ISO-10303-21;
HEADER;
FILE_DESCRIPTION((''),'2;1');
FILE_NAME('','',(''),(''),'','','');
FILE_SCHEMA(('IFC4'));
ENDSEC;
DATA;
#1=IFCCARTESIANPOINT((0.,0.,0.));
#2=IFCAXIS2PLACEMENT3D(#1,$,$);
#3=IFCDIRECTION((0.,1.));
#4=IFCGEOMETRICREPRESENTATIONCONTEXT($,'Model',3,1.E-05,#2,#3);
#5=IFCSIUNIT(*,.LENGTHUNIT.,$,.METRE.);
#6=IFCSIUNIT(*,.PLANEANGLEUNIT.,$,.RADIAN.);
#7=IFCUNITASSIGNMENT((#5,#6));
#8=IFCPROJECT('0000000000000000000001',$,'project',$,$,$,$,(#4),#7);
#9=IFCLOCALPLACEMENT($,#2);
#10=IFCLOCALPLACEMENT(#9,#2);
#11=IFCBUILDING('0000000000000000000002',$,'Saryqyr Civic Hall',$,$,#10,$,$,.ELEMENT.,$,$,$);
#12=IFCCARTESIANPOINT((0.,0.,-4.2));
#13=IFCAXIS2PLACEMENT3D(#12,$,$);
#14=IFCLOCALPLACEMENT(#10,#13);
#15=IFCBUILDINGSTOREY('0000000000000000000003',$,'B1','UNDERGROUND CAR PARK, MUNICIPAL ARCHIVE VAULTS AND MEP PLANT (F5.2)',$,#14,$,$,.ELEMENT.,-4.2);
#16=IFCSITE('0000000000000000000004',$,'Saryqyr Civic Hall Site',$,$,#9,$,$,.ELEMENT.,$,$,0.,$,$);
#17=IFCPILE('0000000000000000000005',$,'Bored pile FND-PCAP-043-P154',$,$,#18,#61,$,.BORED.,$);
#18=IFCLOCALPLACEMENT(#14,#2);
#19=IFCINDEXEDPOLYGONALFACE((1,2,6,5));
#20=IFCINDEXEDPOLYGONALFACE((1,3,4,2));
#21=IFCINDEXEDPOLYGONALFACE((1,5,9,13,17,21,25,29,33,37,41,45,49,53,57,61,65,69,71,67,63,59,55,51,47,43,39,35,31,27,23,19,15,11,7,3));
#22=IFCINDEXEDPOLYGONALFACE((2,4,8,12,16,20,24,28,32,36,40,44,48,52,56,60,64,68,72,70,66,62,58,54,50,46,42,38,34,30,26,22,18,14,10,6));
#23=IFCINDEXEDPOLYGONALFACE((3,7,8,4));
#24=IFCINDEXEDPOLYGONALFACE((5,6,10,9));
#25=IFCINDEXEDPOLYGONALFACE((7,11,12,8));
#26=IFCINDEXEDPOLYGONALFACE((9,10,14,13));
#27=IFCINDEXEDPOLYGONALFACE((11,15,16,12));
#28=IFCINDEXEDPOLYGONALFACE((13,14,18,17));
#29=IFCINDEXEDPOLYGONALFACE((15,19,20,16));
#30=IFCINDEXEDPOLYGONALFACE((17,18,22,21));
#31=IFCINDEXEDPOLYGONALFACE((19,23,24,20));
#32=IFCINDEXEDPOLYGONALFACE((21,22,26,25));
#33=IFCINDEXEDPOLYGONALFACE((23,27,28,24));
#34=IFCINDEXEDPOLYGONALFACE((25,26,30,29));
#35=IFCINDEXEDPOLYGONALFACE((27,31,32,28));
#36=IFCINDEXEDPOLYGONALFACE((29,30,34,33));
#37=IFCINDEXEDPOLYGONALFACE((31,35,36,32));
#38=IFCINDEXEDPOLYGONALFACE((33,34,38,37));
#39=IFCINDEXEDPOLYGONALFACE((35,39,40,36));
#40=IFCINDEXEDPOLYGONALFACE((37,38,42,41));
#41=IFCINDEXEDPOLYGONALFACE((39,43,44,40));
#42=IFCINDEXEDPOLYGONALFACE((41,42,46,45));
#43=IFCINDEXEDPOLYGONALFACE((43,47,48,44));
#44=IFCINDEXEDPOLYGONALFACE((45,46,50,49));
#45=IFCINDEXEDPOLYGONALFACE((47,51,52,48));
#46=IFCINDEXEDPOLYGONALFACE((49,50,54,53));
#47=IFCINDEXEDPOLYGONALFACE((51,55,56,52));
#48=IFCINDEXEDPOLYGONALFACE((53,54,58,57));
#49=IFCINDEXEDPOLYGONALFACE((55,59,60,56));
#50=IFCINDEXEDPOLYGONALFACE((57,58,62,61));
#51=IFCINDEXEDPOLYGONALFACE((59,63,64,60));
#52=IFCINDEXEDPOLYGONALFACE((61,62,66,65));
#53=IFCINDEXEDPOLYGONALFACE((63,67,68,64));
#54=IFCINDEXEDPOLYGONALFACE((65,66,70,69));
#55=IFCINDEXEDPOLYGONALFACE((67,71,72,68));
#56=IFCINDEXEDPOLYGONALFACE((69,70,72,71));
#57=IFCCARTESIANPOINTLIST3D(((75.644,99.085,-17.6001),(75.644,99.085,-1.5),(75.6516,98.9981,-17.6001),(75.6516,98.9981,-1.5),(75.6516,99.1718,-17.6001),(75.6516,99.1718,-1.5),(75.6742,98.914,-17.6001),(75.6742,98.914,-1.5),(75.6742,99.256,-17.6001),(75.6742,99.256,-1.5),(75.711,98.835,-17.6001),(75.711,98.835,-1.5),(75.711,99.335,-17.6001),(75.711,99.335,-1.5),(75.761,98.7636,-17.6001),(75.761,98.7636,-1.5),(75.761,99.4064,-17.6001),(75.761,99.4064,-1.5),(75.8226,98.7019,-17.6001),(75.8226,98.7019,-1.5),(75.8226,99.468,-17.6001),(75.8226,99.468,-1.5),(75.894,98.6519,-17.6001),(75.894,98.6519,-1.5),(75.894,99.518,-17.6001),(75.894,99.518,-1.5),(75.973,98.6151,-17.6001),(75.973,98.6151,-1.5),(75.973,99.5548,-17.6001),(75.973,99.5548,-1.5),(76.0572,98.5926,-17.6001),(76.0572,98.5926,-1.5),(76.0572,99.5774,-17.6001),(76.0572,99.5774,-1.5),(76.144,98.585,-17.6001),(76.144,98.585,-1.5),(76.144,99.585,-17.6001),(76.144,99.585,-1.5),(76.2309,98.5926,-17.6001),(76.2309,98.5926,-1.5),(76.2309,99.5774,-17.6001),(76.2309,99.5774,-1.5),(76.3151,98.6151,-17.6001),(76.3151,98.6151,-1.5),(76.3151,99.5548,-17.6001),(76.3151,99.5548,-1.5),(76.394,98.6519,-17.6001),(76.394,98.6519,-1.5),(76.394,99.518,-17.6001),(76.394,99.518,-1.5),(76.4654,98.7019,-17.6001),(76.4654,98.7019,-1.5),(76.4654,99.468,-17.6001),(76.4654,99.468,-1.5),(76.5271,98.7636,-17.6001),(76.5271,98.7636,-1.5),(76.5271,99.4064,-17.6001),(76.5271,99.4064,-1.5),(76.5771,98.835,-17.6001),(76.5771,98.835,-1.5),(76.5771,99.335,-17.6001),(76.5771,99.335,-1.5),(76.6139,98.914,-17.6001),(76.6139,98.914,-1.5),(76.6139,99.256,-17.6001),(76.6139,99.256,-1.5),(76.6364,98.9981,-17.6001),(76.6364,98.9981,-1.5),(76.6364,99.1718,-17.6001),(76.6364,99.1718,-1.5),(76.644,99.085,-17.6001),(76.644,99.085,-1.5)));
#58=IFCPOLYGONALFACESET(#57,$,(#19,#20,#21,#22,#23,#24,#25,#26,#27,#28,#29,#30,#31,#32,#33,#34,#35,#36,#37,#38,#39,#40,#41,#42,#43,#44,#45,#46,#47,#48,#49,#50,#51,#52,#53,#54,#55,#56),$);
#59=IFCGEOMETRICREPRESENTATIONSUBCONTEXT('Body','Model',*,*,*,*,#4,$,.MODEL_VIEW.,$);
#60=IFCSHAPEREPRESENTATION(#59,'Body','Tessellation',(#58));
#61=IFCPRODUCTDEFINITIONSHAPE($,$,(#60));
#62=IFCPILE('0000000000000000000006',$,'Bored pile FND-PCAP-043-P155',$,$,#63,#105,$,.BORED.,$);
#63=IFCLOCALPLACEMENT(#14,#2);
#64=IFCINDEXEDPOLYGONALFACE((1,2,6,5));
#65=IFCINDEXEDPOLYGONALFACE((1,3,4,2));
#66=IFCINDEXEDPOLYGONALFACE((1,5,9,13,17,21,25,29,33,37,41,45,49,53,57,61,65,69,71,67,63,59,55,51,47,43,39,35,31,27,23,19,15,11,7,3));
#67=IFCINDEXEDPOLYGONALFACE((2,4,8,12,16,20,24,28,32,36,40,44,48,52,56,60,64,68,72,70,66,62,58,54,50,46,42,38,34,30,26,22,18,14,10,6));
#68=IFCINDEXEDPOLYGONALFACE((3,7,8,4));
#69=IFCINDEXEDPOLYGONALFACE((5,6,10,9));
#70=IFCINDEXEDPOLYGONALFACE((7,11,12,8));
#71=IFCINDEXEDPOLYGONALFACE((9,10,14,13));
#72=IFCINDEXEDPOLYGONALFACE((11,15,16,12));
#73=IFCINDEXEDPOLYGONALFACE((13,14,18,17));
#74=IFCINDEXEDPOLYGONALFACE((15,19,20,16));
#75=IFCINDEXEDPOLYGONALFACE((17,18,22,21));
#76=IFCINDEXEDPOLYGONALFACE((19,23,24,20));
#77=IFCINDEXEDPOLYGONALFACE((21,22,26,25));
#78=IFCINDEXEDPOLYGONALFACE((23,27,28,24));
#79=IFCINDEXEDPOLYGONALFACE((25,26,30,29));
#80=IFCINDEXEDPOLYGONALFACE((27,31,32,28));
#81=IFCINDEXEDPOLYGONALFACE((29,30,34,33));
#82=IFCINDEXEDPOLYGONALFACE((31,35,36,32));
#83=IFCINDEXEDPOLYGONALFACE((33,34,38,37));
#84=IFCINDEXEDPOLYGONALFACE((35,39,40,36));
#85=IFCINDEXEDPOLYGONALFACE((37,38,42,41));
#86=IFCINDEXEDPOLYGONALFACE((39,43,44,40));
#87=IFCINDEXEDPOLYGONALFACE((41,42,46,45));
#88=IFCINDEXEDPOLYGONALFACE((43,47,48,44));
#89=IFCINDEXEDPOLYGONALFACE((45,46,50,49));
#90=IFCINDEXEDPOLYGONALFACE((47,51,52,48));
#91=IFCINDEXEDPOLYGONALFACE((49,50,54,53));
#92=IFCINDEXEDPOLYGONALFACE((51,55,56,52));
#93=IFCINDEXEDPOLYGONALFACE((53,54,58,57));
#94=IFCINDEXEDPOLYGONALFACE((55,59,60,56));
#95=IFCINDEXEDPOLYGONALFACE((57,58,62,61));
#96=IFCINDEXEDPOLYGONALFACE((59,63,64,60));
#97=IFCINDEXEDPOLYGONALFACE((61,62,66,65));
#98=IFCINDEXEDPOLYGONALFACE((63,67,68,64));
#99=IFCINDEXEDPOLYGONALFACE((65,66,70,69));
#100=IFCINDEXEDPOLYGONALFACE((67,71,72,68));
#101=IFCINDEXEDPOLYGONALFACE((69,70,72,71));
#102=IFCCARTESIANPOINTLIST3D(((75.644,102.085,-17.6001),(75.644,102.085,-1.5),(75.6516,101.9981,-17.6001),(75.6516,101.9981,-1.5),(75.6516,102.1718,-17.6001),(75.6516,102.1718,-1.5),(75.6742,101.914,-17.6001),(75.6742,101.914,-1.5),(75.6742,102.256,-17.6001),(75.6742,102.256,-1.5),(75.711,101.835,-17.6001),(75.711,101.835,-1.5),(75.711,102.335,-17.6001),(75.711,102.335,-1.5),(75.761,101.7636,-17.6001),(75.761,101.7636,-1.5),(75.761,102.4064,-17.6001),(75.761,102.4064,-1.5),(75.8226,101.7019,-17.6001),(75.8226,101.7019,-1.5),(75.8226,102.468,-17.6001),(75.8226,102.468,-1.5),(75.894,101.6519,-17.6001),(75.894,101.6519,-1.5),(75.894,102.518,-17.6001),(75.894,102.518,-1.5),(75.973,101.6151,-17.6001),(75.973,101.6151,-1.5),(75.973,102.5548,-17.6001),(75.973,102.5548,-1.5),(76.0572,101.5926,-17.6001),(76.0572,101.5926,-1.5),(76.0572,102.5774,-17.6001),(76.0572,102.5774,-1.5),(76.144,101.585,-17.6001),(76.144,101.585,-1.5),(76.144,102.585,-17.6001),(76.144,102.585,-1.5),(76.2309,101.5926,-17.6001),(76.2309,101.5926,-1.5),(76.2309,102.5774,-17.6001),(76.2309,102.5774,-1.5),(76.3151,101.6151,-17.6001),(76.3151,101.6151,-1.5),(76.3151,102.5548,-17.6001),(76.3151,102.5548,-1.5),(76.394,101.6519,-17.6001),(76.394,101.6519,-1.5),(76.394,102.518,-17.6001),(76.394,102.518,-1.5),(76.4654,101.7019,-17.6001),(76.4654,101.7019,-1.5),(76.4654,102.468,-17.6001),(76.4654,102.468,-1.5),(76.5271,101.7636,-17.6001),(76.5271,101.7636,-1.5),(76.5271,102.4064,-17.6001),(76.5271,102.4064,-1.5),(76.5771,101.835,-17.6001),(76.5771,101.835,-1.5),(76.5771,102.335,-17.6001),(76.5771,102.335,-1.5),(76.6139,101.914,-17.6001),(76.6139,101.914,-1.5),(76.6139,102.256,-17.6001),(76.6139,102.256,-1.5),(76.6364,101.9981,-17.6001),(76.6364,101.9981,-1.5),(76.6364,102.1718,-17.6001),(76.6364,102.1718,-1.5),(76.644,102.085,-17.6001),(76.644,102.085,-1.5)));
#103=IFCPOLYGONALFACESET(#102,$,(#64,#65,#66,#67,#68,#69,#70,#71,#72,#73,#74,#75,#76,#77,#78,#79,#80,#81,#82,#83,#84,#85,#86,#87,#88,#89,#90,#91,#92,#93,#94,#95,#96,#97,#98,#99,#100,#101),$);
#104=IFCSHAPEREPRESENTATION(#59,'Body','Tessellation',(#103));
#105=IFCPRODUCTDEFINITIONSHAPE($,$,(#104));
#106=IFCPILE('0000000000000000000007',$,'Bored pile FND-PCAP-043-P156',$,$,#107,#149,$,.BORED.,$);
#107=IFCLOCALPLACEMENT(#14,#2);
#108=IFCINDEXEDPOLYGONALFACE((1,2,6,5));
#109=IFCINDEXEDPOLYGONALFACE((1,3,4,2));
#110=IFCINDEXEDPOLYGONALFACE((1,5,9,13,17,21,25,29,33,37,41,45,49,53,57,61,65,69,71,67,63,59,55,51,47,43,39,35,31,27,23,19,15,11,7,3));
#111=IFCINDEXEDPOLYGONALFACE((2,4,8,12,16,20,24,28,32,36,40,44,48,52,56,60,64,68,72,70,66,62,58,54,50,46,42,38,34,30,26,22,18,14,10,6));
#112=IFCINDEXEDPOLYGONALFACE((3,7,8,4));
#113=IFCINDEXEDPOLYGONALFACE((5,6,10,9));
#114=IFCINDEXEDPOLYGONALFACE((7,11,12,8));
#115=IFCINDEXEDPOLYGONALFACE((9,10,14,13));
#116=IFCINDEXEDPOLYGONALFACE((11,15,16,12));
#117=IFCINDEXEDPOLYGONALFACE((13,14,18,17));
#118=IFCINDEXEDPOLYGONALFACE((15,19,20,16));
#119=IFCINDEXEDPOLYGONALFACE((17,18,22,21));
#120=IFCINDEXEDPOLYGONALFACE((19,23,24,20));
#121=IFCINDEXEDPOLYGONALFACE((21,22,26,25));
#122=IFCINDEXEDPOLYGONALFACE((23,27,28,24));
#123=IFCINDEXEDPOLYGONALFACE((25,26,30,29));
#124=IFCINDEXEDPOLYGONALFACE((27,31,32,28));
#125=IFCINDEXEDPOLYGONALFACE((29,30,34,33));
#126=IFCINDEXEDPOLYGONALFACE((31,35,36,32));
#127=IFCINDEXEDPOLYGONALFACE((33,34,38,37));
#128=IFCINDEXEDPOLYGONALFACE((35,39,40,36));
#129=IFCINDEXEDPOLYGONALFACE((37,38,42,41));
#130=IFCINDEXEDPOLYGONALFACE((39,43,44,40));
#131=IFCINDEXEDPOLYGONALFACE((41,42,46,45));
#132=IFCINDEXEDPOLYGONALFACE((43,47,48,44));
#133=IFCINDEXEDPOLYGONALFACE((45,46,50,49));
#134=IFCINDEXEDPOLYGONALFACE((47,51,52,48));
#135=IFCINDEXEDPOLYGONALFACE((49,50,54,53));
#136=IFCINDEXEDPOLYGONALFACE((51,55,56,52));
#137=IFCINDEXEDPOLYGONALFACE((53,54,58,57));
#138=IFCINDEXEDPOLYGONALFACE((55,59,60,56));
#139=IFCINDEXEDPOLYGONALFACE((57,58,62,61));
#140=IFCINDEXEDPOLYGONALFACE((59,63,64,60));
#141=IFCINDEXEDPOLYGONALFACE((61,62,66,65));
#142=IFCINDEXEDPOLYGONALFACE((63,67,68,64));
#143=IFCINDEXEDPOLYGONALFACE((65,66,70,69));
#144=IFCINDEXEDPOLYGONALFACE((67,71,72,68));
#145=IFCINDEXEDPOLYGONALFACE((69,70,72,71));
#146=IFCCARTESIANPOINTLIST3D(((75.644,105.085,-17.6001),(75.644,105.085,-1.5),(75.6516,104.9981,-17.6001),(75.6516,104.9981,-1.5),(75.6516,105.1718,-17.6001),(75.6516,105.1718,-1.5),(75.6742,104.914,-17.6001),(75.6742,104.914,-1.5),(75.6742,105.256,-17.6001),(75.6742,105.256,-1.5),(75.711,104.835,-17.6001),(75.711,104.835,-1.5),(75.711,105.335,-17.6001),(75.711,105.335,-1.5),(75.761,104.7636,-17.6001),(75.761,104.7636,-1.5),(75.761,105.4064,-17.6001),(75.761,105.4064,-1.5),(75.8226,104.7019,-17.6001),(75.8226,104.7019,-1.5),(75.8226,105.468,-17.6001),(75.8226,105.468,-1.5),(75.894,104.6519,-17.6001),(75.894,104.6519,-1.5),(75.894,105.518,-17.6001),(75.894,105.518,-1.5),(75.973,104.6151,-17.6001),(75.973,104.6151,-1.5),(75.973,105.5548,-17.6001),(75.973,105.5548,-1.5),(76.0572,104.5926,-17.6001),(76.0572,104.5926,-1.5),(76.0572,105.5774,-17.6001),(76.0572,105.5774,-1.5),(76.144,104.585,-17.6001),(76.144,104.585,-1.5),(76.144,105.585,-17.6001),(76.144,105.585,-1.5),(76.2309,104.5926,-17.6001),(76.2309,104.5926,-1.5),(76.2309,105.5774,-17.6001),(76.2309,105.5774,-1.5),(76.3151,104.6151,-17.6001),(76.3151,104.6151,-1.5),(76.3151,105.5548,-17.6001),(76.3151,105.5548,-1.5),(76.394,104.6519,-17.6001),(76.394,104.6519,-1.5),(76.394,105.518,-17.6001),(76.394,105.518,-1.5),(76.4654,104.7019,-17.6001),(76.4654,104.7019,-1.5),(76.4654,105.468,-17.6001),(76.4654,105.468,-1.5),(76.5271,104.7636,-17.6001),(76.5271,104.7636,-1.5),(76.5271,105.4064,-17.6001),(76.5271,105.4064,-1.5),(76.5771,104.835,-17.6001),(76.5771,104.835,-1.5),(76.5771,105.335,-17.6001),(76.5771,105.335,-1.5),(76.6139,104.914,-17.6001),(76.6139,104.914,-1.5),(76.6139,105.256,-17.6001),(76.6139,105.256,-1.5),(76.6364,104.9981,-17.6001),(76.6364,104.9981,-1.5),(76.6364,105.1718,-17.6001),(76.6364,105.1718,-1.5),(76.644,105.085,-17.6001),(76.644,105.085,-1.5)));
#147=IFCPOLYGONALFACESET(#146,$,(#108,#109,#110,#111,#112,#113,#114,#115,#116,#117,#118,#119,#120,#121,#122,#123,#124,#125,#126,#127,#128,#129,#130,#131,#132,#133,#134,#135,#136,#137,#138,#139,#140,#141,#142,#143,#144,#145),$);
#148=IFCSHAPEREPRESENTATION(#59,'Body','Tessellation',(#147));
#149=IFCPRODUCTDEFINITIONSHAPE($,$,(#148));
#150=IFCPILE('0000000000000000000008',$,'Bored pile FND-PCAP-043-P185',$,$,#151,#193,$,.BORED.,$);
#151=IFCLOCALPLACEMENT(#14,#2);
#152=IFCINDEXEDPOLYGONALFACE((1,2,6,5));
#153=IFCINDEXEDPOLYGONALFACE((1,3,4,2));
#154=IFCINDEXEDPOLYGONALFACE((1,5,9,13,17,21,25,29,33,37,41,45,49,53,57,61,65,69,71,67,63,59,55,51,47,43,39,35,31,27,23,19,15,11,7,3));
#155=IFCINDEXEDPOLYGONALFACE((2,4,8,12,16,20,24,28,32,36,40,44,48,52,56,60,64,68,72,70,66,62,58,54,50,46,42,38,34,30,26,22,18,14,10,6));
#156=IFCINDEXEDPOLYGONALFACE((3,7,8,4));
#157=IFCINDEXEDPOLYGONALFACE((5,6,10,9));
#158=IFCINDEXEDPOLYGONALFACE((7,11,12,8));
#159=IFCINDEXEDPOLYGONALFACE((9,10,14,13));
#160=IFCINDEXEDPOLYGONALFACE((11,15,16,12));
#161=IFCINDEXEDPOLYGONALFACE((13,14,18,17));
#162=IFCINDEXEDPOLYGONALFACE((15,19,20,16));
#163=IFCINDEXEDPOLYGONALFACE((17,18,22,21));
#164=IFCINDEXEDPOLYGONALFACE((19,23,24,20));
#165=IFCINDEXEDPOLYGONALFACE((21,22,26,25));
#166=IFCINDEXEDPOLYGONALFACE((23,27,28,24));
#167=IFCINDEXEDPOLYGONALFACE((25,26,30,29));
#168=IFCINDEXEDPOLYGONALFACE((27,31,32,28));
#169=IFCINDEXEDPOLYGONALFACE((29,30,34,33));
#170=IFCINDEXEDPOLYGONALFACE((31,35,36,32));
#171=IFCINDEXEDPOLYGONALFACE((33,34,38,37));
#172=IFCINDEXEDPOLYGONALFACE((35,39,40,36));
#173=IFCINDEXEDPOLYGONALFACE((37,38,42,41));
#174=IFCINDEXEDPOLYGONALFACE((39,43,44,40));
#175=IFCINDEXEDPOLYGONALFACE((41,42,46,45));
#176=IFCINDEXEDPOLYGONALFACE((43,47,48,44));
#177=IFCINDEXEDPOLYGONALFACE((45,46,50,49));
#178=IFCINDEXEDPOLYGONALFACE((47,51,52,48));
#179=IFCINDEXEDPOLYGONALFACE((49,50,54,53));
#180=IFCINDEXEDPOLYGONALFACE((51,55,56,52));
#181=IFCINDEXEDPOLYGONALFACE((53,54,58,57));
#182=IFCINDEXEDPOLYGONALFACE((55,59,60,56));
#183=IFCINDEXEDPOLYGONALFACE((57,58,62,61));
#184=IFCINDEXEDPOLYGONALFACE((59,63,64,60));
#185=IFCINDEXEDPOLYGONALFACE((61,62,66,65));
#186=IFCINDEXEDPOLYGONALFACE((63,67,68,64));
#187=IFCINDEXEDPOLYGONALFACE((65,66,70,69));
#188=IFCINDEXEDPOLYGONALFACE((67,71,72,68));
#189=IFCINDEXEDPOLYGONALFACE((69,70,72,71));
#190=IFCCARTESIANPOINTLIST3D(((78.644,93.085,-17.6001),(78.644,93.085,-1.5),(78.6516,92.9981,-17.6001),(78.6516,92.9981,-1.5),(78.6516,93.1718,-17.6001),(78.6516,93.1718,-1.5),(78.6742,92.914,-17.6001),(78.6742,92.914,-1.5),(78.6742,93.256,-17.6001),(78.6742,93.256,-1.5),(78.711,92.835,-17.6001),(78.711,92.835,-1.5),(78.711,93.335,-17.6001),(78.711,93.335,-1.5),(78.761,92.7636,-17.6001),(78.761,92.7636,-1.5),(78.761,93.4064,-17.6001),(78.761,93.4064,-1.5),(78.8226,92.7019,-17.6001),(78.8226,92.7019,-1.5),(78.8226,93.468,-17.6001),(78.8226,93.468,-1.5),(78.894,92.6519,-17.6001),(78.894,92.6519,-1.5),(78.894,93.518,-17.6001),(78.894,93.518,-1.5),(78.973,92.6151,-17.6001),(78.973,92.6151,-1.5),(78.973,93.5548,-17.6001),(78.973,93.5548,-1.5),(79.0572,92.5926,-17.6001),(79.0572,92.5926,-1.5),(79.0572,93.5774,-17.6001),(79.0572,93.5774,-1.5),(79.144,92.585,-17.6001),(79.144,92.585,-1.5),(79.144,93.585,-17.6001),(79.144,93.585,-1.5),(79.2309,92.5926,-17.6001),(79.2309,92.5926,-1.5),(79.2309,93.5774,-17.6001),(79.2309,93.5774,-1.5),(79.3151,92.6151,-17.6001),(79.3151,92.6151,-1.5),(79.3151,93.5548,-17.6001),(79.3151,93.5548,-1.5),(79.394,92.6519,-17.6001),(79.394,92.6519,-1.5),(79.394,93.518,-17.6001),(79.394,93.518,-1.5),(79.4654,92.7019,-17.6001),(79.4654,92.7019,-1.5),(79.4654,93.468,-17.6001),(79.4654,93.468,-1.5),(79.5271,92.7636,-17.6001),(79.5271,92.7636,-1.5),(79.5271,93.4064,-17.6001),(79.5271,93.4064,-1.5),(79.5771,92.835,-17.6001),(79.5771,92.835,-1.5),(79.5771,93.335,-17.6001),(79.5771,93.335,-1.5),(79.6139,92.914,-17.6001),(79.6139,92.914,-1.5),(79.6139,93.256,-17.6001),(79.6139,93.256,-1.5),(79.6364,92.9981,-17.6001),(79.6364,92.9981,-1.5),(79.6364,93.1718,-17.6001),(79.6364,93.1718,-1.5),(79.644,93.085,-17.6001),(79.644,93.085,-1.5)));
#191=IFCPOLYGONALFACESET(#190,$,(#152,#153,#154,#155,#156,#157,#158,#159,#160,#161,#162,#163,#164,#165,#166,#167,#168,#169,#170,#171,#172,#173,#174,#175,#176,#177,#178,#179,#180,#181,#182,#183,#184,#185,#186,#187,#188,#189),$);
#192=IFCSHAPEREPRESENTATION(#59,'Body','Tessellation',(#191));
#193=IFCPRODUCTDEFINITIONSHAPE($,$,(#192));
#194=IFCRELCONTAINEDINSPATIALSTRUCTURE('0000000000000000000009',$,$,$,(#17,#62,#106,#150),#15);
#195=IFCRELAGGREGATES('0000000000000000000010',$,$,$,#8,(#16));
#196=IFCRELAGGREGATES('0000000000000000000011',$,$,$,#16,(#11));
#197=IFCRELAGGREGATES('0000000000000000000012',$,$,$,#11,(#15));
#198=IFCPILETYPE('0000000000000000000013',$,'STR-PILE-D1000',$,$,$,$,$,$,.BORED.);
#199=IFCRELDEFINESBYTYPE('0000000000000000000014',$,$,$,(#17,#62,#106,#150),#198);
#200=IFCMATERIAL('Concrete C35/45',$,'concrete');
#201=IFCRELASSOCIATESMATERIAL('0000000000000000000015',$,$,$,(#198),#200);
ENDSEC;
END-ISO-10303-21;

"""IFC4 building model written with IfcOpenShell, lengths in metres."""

from ifc_helpers import new_model, si_unit, direction, frame, origin, origin_2d, place, context, subcontext, project, spatial, circle, extrude, material, material_profile, profile_set, type_object, element, save


model = new_model("IFC4")

# Units and contexts
model_context = context("Model", 3, precision=1e-05, world=origin(), true_north=direction((0.0, 1.0)))
body_context = subcontext(model_context, "Body", "Model", "MODEL_VIEW")
ifc_project = project(units=[si_unit("LENGTHUNIT", "METRE"), si_unit("PLANEANGLEUNIT", "RADIAN")], contexts=[model_context])

# Site, building, storey
site_placement = place(None, origin())
site = spatial("IfcSite", under=ifc_project, at=site_placement, Name="Saryqyr Civic Hall Site", CompositionType="ELEMENT", RefElevation=0.0)
building_placement = place(site_placement, origin())
building = spatial("IfcBuilding", under=site, at=building_placement, Name="Saryqyr Civic Hall", CompositionType="ELEMENT")
storey_placement = place(building_placement, frame((0.0, 0.0, -4.2)))
storey = spatial("IfcBuildingStorey", under=building, at=storey_placement, Name="B1", Description="UNDERGROUND CAR PARK, MUNICIPAL ARCHIVE VAULTS AND MEP PLANT (F5.2)", CompositionType="ELEMENT", Elevation=-4.2)

# Piles
ifc_material_1 = material(Name="Concrete C35/45", Category="concrete")
ifc_material_profile_1 = material_profile(ifc_material_1, circle(Radius=0.5, at=origin_2d()), Name="BORED PILE D1000")
ifc_profile_set_1 = profile_set([ifc_material_profile_1], Name="Concrete C35/45")
pile_type = type_object("IfcPileType", Name="STR-PILE-D1000", PredefinedType="BORED", material=ifc_profile_set_1)
for number, where, z_axis, x_axis, name in (
    (1, (76.144, 99.085, -1.5), (0.0, 0.0, -1.0), (1.0, 0.0, 0.0), "Bored pile FND-PCAP-043-P154"),
    (2, (76.144, 102.085, -1.5), (0.0, 0.0, -1.0), (1.0, 0.0, 0.0), "Bored pile FND-PCAP-043-P155"),
    (3, (76.144, 105.085, -1.5), (0.0, 0.0, -1.0), (1.0, 0.0, 0.0), "Bored pile FND-PCAP-043-P156"),
    (4, (79.144, 93.085, -1.5), (0.0, 0.0, -1.0), (1.0, 0.0, 0.0), "Bored pile FND-PCAP-043-P185"),
):
    element("IfcPile", number, at=place(storey_placement, frame(where, z_axis=z_axis, x_axis=x_axis)), inside=storey, type_object=pile_type, Name=name, PredefinedType="BORED", context=body_context, shape_type="SweptSolid", body=[
        extrude(circle(Radius=0.5, at=origin_2d()), origin(), (0.0, 0.0, 1.0), 16.1001),
    ])

save(model, "model.ifc")
